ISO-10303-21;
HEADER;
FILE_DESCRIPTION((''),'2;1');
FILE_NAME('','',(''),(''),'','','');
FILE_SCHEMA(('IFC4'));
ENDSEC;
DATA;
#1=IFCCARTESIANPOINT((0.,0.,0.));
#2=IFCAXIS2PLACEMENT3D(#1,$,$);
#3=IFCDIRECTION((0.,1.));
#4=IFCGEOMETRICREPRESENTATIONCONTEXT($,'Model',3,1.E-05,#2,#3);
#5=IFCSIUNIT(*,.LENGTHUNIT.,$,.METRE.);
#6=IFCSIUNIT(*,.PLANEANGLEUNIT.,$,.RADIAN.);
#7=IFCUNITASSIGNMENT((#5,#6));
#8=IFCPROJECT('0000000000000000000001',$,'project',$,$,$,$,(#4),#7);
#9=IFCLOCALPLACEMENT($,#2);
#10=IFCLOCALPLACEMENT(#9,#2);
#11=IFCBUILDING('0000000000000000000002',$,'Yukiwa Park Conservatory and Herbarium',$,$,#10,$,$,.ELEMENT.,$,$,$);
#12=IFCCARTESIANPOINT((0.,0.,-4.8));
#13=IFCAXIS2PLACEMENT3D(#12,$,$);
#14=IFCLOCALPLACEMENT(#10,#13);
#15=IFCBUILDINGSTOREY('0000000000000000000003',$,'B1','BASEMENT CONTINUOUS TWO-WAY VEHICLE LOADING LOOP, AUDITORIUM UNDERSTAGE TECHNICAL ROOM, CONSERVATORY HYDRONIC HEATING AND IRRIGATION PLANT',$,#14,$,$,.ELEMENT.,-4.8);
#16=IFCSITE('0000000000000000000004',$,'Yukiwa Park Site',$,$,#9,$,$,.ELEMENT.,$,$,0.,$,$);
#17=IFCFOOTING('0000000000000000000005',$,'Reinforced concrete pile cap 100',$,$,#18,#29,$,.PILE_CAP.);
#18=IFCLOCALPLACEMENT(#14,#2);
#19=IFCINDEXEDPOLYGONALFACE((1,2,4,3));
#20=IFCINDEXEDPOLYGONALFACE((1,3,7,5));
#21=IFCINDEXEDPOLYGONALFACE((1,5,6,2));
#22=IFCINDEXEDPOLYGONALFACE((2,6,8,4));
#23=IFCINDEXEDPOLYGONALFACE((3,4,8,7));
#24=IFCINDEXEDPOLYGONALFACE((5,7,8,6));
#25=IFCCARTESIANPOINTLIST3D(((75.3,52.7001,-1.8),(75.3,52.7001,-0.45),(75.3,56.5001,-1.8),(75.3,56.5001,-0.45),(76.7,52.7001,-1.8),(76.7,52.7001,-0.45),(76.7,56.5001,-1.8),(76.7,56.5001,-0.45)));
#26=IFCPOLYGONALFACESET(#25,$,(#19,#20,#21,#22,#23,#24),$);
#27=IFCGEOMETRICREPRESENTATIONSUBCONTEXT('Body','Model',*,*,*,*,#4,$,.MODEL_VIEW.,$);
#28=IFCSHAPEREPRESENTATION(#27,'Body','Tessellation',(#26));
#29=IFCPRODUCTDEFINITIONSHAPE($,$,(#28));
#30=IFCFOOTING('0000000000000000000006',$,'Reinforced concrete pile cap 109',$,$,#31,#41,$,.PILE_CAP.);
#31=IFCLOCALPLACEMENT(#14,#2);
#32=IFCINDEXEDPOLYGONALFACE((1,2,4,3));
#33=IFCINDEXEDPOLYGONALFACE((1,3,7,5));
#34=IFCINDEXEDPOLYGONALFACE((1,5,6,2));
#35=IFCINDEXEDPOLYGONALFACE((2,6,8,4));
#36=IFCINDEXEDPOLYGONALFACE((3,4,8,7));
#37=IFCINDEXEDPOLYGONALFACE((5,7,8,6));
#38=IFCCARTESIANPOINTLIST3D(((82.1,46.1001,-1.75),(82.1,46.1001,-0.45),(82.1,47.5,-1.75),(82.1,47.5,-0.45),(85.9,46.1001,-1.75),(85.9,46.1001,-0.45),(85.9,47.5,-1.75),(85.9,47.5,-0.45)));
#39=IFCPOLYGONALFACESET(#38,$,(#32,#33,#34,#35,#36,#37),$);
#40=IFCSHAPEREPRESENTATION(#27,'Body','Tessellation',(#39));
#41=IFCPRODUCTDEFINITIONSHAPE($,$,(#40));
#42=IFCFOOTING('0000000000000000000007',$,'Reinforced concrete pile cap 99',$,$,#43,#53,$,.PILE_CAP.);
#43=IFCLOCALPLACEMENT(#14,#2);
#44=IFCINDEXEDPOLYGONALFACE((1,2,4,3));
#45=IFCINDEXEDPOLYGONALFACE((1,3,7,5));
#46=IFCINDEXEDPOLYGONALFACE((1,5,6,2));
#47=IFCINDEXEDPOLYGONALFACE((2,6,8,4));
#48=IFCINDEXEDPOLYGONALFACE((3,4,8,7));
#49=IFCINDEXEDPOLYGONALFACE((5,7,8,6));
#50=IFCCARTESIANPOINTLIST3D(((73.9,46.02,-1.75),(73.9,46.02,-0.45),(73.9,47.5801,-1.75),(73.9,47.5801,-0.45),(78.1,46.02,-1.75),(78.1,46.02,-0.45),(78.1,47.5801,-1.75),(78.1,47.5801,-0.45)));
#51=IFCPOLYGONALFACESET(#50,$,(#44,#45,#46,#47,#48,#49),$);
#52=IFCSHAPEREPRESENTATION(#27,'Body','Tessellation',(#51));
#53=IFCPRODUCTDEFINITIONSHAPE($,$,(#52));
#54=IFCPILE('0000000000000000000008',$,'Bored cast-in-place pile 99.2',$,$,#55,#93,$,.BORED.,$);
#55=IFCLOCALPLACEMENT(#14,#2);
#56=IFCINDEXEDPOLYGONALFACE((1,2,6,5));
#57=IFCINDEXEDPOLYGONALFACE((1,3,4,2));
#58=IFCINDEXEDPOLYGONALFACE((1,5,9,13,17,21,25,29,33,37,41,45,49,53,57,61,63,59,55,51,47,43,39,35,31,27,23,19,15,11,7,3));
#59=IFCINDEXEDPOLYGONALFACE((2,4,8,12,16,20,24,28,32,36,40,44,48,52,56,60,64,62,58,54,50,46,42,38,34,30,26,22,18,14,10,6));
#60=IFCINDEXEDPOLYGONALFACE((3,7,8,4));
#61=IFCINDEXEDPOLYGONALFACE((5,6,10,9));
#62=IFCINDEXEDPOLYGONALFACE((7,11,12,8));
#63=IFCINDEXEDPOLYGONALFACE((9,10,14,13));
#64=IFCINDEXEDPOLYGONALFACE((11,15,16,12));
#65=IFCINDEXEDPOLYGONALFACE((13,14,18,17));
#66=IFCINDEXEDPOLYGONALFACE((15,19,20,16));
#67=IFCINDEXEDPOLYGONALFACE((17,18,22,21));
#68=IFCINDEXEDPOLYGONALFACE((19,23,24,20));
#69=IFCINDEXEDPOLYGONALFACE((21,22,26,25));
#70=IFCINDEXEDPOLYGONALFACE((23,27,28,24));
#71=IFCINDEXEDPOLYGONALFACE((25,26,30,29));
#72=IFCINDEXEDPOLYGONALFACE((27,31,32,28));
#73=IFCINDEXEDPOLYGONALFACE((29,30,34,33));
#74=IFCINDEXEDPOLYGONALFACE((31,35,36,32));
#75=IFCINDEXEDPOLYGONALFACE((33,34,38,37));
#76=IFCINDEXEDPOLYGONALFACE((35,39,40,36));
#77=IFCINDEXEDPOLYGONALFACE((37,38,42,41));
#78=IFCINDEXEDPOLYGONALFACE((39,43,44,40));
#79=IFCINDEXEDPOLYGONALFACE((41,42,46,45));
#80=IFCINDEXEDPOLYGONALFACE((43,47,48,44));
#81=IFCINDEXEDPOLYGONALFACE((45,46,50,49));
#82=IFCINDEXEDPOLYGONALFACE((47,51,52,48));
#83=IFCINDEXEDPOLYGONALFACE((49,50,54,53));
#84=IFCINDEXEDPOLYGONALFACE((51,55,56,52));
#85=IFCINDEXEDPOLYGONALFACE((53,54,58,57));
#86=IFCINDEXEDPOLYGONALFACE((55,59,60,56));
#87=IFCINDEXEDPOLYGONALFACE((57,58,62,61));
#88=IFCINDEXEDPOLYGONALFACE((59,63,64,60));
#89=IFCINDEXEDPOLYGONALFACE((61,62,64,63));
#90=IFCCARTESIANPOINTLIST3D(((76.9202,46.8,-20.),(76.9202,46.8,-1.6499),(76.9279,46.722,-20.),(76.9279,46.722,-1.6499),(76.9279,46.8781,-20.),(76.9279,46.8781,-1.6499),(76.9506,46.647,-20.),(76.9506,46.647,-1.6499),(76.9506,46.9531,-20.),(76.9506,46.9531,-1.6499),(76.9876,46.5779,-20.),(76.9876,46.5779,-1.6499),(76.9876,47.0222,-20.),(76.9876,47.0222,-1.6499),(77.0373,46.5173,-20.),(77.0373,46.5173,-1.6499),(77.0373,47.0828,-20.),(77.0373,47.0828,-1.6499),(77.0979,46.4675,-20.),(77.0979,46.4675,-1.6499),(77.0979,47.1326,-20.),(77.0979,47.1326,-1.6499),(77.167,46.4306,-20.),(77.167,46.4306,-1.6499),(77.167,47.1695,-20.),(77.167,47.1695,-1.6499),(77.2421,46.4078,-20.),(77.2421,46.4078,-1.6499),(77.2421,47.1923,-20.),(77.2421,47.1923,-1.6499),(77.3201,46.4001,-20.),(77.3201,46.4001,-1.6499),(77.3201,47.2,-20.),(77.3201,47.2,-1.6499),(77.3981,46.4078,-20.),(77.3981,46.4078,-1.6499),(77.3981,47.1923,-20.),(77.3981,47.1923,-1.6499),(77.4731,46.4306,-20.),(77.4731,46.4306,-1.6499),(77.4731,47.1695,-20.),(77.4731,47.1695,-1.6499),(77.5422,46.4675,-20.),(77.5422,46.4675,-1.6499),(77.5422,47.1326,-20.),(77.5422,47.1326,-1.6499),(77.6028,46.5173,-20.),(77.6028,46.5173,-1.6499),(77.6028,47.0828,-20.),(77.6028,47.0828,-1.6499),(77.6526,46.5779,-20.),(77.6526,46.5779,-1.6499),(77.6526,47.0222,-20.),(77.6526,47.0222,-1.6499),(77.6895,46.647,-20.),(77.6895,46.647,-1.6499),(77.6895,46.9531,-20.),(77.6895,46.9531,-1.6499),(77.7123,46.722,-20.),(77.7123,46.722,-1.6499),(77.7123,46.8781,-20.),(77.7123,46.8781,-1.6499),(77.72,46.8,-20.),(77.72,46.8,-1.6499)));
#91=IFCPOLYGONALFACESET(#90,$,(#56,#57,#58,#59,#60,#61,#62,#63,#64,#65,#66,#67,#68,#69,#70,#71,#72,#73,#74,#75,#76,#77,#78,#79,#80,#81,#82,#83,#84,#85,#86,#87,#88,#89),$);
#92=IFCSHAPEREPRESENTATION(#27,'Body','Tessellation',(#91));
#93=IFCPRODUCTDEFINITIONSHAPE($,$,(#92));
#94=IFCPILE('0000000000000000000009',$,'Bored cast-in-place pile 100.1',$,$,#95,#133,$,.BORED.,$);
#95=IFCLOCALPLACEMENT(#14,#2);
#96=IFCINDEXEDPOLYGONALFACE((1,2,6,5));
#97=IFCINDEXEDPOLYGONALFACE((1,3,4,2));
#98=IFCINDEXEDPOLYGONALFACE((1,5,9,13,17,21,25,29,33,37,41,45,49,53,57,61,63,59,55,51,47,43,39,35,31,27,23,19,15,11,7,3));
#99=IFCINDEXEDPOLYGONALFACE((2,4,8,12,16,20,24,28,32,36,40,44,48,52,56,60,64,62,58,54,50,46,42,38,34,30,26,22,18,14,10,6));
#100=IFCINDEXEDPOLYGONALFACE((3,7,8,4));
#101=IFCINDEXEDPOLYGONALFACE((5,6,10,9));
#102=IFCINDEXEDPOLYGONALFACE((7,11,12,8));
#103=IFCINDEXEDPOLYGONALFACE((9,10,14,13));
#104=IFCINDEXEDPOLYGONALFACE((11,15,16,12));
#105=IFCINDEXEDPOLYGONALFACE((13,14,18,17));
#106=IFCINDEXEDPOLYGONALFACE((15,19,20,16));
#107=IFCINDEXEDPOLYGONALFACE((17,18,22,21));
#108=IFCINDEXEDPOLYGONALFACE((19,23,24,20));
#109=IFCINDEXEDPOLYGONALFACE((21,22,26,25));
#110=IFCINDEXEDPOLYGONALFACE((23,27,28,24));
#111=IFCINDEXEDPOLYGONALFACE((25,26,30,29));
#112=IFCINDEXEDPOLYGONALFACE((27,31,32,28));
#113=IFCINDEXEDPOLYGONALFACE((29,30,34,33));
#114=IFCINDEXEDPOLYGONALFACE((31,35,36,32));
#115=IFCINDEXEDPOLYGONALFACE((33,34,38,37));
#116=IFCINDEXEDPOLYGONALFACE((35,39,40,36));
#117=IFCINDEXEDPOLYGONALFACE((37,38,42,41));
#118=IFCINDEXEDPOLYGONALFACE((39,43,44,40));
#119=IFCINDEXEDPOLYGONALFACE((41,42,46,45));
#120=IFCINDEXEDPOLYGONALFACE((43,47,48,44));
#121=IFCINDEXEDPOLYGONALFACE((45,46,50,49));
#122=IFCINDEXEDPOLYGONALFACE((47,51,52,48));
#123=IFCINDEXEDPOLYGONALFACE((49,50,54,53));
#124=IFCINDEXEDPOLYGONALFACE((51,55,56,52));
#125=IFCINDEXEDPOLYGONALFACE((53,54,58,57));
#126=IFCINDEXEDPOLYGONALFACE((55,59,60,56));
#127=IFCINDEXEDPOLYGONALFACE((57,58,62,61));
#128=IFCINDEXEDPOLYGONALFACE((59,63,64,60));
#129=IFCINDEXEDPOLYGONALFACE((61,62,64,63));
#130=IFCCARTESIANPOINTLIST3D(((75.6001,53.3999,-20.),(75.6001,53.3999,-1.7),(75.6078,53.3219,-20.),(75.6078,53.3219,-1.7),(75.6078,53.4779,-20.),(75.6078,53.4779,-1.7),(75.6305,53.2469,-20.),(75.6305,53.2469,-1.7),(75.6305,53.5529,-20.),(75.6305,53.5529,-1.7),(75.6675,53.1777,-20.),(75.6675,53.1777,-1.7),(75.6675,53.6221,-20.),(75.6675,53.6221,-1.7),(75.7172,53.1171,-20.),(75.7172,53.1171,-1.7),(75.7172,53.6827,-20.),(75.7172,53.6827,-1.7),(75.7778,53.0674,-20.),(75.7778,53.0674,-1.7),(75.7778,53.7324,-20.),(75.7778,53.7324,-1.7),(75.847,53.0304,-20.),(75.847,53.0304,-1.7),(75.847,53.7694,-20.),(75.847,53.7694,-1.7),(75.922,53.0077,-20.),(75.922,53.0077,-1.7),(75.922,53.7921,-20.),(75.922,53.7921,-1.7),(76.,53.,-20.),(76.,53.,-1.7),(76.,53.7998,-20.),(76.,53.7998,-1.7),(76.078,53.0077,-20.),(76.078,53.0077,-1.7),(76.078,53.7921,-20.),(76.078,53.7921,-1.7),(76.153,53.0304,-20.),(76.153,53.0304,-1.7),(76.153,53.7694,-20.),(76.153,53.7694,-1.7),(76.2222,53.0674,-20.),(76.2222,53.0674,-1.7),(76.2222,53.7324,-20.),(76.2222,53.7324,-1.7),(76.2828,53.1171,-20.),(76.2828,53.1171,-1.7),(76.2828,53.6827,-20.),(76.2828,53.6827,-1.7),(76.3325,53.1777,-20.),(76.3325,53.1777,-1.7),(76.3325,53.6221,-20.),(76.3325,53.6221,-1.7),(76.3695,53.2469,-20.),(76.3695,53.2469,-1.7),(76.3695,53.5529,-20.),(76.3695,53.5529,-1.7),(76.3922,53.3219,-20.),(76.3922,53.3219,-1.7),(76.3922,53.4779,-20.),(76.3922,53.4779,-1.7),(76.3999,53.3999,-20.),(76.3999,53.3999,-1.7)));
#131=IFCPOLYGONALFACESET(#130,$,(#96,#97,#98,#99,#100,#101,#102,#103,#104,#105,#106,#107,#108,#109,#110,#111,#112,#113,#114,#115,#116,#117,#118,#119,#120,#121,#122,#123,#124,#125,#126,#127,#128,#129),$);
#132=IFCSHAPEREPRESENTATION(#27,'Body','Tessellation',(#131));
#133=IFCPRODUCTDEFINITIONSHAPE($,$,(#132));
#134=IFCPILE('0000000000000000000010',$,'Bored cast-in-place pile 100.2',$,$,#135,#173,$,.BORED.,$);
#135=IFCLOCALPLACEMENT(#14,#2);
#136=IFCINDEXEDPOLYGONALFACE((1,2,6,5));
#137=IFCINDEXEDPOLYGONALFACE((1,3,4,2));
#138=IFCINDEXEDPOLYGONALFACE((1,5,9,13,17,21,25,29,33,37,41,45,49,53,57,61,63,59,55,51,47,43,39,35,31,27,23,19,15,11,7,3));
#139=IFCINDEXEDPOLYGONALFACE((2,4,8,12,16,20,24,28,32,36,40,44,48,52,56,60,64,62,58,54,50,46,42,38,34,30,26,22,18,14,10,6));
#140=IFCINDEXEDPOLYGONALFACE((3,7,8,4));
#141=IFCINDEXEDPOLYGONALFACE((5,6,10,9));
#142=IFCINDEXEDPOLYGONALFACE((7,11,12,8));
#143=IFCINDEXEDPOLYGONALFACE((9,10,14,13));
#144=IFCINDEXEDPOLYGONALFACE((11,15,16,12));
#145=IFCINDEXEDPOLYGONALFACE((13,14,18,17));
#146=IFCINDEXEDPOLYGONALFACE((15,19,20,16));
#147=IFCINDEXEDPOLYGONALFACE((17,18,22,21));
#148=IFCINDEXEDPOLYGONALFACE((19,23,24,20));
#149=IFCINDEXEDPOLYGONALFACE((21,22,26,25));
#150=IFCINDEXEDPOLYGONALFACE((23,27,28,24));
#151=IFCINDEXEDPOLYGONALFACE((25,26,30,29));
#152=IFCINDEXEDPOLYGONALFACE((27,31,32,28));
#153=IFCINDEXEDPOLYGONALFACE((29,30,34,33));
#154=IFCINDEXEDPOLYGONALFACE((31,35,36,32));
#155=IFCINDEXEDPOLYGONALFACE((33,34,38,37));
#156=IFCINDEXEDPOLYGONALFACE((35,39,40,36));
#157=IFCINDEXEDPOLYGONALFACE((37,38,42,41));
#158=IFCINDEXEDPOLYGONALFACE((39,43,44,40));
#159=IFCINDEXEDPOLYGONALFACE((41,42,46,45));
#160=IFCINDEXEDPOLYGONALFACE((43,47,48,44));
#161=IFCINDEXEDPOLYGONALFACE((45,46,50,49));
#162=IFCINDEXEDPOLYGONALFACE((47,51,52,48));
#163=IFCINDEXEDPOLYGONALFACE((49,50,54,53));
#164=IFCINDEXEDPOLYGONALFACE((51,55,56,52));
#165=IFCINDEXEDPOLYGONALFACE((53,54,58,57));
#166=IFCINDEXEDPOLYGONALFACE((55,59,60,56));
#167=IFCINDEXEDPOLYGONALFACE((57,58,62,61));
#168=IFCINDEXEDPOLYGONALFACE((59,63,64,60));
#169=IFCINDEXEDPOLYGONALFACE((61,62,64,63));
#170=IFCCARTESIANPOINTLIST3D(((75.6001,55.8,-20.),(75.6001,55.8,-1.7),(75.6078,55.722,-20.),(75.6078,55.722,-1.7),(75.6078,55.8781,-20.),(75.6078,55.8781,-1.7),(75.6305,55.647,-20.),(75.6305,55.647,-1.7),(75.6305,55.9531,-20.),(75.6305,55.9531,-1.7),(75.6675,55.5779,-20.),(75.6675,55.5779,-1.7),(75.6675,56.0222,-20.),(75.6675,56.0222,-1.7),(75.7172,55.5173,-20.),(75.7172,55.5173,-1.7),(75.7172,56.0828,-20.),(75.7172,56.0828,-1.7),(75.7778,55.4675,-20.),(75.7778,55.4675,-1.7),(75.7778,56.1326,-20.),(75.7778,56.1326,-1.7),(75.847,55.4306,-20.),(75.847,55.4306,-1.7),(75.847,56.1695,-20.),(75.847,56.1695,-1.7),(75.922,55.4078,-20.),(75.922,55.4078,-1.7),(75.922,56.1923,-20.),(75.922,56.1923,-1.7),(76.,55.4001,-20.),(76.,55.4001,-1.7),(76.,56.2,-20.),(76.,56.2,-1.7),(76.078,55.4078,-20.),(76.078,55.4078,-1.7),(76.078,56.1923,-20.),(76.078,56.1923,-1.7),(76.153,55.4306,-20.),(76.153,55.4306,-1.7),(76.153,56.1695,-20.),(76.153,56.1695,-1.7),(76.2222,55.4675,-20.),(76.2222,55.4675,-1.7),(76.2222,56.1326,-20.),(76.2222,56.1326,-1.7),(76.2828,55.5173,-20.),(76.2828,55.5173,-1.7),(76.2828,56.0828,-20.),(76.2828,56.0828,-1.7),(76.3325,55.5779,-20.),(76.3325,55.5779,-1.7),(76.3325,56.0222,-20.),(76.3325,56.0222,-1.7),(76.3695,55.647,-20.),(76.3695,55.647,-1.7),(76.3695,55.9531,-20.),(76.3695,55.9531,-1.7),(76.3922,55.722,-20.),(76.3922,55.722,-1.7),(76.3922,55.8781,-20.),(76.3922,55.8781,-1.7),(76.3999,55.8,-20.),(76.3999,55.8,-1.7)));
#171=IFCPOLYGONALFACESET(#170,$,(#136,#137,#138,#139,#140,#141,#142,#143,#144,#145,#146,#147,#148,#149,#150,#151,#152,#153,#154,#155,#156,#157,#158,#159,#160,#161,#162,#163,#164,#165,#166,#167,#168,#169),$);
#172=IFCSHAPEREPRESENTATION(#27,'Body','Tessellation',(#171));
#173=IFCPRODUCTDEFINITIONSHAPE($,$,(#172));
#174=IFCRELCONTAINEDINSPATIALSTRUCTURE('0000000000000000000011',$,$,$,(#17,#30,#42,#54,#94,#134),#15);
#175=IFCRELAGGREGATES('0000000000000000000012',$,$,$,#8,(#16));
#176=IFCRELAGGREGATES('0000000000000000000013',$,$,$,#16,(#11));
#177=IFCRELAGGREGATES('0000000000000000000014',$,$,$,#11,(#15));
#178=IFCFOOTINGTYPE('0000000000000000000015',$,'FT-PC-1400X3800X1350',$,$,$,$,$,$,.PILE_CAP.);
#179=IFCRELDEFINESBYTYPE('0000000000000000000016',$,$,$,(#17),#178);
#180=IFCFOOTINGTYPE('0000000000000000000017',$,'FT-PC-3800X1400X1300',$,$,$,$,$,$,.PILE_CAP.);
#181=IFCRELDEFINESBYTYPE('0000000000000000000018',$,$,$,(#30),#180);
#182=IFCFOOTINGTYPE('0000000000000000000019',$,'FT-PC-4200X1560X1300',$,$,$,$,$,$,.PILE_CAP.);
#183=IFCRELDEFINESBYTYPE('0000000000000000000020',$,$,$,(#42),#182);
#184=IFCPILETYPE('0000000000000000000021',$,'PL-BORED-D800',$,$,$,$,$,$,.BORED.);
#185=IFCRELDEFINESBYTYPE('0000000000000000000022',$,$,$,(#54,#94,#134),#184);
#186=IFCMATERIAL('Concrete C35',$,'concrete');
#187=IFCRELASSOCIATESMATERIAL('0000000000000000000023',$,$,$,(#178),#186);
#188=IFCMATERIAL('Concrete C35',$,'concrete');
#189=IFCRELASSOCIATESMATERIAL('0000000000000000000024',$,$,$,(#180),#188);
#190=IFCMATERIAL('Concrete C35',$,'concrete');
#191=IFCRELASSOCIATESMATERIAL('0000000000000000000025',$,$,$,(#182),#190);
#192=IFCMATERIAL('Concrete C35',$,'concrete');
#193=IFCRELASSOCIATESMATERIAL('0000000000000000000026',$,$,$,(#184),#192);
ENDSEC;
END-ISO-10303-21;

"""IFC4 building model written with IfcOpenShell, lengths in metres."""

from ifc_helpers import new_model, si_unit, direction, frame, origin, origin_2d, place, context, subcontext, project, spatial, rectangle, circle, extrude, material, material_profile, profile_set, type_object, element, save


model = new_model("IFC4")

# Units and contexts
model_context = context("Model", 3, precision=1e-05, world=origin(), true_north=direction((0.0, 1.0)))
body_context = subcontext(model_context, "Body", "Model", "MODEL_VIEW")
ifc_project = project(units=[si_unit("LENGTHUNIT", "METRE"), si_unit("PLANEANGLEUNIT", "RADIAN")], contexts=[model_context])

# Site, building, storey
site_placement = place(None, origin())
site = spatial("IfcSite", under=ifc_project, at=site_placement, Name="Yukiwa Park Site", CompositionType="ELEMENT", RefElevation=0.0)
building_placement = place(site_placement, origin())
building = spatial("IfcBuilding", under=site, at=building_placement, Name="Yukiwa Park Conservatory and Herbarium", CompositionType="ELEMENT")
storey_placement = place(building_placement, frame((0.0, 0.0, -4.8)))
storey = spatial("IfcBuildingStorey", under=building, at=storey_placement, Name="B1", Description="BASEMENT CONTINUOUS TWO-WAY VEHICLE LOADING LOOP, AUDITORIUM UNDERSTAGE TECHNICAL ROOM, CONSERVATORY HYDRONIC HEATING AND IRRIGATION PLANT", CompositionType="ELEMENT", Elevation=-4.8)

# Footings
ifc_material_1 = material(Name="Concrete C35", Category="concrete")
footing_type_1 = type_object("IfcFootingType", Name="FT-PC-1400X3800X1350", PredefinedType="PILE_CAP", material=ifc_material_1)
footing_1_placement = place(storey_placement, frame((76.0, 54.6001, -1.8), z_axis=(0.0, 0.0, 1.0), x_axis=(1.0, 0.0, 0.0)))
element("IfcFooting", 1, at=footing_1_placement, inside=storey, type_object=footing_type_1, Name="Reinforced concrete pile cap 100", PredefinedType="PILE_CAP", context=body_context, shape_type="SweptSolid", body=[
    extrude(rectangle(XDim=1.3999, YDim=3.8, at=origin_2d()), origin(), (0.0, 0.0, 1.0), 1.3501),
])
ifc_material_2 = material(Name="Concrete C35", Category="concrete")
footing_type_2 = type_object("IfcFootingType", Name="FT-PC-3800X1400X1300", PredefinedType="PILE_CAP", material=ifc_material_2)
footing_2_placement = place(storey_placement, frame((84.0, 46.8, -1.75), z_axis=(0.0, 0.0, 1.0), x_axis=(1.0, 0.0, 0.0)))
element("IfcFooting", 2, at=footing_2_placement, inside=storey, type_object=footing_type_2, Name="Reinforced concrete pile cap 109", PredefinedType="PILE_CAP", context=body_context, shape_type="SweptSolid", body=[
    extrude(rectangle(XDim=3.8, YDim=1.3999, at=origin_2d()), origin(), (0.0, 0.0, 1.0), 1.3),
])
ifc_material_3 = material(Name="Concrete C35", Category="concrete")
footing_type_3 = type_object("IfcFootingType", Name="FT-PC-4200X1560X1300", PredefinedType="PILE_CAP", material=ifc_material_3)
footing_3_placement = place(storey_placement, frame((76.0, 46.8, -1.75), z_axis=(0.0, 0.0, 1.0), x_axis=(1.0, 0.0, 0.0)))
element("IfcFooting", 3, at=footing_3_placement, inside=storey, type_object=footing_type_3, Name="Reinforced concrete pile cap 99", PredefinedType="PILE_CAP", context=body_context, shape_type="SweptSolid", body=[
    extrude(rectangle(XDim=4.2, YDim=1.5601, at=origin_2d()), origin(), (0.0, 0.0, 1.0), 1.3),
])

# Piles
ifc_material_4 = material(Name="Concrete C35", Category="concrete")
ifc_material_profile_1 = material_profile(ifc_material_4, circle(Radius=0.3999, at=origin_2d()), Name="PILE D800")
ifc_profile_set_1 = profile_set([ifc_material_profile_1], Name="Concrete C35")
pile_type = type_object("IfcPileType", Name="PL-BORED-D800", PredefinedType="BORED", material=ifc_profile_set_1)
pile_1_placement = place(storey_placement, frame((77.3201, 46.8, -1.6499), z_axis=(0.0, 0.0, -1.0), x_axis=(1.0, 0.0, 0.0)))
element("IfcPile", 4, at=pile_1_placement, inside=storey, type_object=pile_type, Name="Bored cast-in-place pile 99.2", PredefinedType="BORED", context=body_context, shape_type="SweptSolid", body=[
    extrude(circle(Radius=0.3999, at=origin_2d()), origin(), (0.0, 0.0, 1.0), 18.3501),
])
for number, where, z_axis, x_axis, name in (
    (5, (76.0, 53.3999, -1.7), (0.0, 0.0, -1.0), (1.0, 0.0, 0.0), "Bored cast-in-place pile 100.1"),
    (6, (76.0, 55.8, -1.7), (0.0, 0.0, -1.0), (1.0, 0.0, 0.0), "Bored cast-in-place pile 100.2"),
):
    element("IfcPile", number, at=place(storey_placement, frame(where, z_axis=z_axis, x_axis=x_axis)), inside=storey, type_object=pile_type, Name=name, PredefinedType="BORED", context=body_context, shape_type="SweptSolid", body=[
        extrude(circle(Radius=0.3999, at=origin_2d()), origin(), (0.0, 0.0, 1.0), 18.3),
    ])

save(model, "model.ifc")
